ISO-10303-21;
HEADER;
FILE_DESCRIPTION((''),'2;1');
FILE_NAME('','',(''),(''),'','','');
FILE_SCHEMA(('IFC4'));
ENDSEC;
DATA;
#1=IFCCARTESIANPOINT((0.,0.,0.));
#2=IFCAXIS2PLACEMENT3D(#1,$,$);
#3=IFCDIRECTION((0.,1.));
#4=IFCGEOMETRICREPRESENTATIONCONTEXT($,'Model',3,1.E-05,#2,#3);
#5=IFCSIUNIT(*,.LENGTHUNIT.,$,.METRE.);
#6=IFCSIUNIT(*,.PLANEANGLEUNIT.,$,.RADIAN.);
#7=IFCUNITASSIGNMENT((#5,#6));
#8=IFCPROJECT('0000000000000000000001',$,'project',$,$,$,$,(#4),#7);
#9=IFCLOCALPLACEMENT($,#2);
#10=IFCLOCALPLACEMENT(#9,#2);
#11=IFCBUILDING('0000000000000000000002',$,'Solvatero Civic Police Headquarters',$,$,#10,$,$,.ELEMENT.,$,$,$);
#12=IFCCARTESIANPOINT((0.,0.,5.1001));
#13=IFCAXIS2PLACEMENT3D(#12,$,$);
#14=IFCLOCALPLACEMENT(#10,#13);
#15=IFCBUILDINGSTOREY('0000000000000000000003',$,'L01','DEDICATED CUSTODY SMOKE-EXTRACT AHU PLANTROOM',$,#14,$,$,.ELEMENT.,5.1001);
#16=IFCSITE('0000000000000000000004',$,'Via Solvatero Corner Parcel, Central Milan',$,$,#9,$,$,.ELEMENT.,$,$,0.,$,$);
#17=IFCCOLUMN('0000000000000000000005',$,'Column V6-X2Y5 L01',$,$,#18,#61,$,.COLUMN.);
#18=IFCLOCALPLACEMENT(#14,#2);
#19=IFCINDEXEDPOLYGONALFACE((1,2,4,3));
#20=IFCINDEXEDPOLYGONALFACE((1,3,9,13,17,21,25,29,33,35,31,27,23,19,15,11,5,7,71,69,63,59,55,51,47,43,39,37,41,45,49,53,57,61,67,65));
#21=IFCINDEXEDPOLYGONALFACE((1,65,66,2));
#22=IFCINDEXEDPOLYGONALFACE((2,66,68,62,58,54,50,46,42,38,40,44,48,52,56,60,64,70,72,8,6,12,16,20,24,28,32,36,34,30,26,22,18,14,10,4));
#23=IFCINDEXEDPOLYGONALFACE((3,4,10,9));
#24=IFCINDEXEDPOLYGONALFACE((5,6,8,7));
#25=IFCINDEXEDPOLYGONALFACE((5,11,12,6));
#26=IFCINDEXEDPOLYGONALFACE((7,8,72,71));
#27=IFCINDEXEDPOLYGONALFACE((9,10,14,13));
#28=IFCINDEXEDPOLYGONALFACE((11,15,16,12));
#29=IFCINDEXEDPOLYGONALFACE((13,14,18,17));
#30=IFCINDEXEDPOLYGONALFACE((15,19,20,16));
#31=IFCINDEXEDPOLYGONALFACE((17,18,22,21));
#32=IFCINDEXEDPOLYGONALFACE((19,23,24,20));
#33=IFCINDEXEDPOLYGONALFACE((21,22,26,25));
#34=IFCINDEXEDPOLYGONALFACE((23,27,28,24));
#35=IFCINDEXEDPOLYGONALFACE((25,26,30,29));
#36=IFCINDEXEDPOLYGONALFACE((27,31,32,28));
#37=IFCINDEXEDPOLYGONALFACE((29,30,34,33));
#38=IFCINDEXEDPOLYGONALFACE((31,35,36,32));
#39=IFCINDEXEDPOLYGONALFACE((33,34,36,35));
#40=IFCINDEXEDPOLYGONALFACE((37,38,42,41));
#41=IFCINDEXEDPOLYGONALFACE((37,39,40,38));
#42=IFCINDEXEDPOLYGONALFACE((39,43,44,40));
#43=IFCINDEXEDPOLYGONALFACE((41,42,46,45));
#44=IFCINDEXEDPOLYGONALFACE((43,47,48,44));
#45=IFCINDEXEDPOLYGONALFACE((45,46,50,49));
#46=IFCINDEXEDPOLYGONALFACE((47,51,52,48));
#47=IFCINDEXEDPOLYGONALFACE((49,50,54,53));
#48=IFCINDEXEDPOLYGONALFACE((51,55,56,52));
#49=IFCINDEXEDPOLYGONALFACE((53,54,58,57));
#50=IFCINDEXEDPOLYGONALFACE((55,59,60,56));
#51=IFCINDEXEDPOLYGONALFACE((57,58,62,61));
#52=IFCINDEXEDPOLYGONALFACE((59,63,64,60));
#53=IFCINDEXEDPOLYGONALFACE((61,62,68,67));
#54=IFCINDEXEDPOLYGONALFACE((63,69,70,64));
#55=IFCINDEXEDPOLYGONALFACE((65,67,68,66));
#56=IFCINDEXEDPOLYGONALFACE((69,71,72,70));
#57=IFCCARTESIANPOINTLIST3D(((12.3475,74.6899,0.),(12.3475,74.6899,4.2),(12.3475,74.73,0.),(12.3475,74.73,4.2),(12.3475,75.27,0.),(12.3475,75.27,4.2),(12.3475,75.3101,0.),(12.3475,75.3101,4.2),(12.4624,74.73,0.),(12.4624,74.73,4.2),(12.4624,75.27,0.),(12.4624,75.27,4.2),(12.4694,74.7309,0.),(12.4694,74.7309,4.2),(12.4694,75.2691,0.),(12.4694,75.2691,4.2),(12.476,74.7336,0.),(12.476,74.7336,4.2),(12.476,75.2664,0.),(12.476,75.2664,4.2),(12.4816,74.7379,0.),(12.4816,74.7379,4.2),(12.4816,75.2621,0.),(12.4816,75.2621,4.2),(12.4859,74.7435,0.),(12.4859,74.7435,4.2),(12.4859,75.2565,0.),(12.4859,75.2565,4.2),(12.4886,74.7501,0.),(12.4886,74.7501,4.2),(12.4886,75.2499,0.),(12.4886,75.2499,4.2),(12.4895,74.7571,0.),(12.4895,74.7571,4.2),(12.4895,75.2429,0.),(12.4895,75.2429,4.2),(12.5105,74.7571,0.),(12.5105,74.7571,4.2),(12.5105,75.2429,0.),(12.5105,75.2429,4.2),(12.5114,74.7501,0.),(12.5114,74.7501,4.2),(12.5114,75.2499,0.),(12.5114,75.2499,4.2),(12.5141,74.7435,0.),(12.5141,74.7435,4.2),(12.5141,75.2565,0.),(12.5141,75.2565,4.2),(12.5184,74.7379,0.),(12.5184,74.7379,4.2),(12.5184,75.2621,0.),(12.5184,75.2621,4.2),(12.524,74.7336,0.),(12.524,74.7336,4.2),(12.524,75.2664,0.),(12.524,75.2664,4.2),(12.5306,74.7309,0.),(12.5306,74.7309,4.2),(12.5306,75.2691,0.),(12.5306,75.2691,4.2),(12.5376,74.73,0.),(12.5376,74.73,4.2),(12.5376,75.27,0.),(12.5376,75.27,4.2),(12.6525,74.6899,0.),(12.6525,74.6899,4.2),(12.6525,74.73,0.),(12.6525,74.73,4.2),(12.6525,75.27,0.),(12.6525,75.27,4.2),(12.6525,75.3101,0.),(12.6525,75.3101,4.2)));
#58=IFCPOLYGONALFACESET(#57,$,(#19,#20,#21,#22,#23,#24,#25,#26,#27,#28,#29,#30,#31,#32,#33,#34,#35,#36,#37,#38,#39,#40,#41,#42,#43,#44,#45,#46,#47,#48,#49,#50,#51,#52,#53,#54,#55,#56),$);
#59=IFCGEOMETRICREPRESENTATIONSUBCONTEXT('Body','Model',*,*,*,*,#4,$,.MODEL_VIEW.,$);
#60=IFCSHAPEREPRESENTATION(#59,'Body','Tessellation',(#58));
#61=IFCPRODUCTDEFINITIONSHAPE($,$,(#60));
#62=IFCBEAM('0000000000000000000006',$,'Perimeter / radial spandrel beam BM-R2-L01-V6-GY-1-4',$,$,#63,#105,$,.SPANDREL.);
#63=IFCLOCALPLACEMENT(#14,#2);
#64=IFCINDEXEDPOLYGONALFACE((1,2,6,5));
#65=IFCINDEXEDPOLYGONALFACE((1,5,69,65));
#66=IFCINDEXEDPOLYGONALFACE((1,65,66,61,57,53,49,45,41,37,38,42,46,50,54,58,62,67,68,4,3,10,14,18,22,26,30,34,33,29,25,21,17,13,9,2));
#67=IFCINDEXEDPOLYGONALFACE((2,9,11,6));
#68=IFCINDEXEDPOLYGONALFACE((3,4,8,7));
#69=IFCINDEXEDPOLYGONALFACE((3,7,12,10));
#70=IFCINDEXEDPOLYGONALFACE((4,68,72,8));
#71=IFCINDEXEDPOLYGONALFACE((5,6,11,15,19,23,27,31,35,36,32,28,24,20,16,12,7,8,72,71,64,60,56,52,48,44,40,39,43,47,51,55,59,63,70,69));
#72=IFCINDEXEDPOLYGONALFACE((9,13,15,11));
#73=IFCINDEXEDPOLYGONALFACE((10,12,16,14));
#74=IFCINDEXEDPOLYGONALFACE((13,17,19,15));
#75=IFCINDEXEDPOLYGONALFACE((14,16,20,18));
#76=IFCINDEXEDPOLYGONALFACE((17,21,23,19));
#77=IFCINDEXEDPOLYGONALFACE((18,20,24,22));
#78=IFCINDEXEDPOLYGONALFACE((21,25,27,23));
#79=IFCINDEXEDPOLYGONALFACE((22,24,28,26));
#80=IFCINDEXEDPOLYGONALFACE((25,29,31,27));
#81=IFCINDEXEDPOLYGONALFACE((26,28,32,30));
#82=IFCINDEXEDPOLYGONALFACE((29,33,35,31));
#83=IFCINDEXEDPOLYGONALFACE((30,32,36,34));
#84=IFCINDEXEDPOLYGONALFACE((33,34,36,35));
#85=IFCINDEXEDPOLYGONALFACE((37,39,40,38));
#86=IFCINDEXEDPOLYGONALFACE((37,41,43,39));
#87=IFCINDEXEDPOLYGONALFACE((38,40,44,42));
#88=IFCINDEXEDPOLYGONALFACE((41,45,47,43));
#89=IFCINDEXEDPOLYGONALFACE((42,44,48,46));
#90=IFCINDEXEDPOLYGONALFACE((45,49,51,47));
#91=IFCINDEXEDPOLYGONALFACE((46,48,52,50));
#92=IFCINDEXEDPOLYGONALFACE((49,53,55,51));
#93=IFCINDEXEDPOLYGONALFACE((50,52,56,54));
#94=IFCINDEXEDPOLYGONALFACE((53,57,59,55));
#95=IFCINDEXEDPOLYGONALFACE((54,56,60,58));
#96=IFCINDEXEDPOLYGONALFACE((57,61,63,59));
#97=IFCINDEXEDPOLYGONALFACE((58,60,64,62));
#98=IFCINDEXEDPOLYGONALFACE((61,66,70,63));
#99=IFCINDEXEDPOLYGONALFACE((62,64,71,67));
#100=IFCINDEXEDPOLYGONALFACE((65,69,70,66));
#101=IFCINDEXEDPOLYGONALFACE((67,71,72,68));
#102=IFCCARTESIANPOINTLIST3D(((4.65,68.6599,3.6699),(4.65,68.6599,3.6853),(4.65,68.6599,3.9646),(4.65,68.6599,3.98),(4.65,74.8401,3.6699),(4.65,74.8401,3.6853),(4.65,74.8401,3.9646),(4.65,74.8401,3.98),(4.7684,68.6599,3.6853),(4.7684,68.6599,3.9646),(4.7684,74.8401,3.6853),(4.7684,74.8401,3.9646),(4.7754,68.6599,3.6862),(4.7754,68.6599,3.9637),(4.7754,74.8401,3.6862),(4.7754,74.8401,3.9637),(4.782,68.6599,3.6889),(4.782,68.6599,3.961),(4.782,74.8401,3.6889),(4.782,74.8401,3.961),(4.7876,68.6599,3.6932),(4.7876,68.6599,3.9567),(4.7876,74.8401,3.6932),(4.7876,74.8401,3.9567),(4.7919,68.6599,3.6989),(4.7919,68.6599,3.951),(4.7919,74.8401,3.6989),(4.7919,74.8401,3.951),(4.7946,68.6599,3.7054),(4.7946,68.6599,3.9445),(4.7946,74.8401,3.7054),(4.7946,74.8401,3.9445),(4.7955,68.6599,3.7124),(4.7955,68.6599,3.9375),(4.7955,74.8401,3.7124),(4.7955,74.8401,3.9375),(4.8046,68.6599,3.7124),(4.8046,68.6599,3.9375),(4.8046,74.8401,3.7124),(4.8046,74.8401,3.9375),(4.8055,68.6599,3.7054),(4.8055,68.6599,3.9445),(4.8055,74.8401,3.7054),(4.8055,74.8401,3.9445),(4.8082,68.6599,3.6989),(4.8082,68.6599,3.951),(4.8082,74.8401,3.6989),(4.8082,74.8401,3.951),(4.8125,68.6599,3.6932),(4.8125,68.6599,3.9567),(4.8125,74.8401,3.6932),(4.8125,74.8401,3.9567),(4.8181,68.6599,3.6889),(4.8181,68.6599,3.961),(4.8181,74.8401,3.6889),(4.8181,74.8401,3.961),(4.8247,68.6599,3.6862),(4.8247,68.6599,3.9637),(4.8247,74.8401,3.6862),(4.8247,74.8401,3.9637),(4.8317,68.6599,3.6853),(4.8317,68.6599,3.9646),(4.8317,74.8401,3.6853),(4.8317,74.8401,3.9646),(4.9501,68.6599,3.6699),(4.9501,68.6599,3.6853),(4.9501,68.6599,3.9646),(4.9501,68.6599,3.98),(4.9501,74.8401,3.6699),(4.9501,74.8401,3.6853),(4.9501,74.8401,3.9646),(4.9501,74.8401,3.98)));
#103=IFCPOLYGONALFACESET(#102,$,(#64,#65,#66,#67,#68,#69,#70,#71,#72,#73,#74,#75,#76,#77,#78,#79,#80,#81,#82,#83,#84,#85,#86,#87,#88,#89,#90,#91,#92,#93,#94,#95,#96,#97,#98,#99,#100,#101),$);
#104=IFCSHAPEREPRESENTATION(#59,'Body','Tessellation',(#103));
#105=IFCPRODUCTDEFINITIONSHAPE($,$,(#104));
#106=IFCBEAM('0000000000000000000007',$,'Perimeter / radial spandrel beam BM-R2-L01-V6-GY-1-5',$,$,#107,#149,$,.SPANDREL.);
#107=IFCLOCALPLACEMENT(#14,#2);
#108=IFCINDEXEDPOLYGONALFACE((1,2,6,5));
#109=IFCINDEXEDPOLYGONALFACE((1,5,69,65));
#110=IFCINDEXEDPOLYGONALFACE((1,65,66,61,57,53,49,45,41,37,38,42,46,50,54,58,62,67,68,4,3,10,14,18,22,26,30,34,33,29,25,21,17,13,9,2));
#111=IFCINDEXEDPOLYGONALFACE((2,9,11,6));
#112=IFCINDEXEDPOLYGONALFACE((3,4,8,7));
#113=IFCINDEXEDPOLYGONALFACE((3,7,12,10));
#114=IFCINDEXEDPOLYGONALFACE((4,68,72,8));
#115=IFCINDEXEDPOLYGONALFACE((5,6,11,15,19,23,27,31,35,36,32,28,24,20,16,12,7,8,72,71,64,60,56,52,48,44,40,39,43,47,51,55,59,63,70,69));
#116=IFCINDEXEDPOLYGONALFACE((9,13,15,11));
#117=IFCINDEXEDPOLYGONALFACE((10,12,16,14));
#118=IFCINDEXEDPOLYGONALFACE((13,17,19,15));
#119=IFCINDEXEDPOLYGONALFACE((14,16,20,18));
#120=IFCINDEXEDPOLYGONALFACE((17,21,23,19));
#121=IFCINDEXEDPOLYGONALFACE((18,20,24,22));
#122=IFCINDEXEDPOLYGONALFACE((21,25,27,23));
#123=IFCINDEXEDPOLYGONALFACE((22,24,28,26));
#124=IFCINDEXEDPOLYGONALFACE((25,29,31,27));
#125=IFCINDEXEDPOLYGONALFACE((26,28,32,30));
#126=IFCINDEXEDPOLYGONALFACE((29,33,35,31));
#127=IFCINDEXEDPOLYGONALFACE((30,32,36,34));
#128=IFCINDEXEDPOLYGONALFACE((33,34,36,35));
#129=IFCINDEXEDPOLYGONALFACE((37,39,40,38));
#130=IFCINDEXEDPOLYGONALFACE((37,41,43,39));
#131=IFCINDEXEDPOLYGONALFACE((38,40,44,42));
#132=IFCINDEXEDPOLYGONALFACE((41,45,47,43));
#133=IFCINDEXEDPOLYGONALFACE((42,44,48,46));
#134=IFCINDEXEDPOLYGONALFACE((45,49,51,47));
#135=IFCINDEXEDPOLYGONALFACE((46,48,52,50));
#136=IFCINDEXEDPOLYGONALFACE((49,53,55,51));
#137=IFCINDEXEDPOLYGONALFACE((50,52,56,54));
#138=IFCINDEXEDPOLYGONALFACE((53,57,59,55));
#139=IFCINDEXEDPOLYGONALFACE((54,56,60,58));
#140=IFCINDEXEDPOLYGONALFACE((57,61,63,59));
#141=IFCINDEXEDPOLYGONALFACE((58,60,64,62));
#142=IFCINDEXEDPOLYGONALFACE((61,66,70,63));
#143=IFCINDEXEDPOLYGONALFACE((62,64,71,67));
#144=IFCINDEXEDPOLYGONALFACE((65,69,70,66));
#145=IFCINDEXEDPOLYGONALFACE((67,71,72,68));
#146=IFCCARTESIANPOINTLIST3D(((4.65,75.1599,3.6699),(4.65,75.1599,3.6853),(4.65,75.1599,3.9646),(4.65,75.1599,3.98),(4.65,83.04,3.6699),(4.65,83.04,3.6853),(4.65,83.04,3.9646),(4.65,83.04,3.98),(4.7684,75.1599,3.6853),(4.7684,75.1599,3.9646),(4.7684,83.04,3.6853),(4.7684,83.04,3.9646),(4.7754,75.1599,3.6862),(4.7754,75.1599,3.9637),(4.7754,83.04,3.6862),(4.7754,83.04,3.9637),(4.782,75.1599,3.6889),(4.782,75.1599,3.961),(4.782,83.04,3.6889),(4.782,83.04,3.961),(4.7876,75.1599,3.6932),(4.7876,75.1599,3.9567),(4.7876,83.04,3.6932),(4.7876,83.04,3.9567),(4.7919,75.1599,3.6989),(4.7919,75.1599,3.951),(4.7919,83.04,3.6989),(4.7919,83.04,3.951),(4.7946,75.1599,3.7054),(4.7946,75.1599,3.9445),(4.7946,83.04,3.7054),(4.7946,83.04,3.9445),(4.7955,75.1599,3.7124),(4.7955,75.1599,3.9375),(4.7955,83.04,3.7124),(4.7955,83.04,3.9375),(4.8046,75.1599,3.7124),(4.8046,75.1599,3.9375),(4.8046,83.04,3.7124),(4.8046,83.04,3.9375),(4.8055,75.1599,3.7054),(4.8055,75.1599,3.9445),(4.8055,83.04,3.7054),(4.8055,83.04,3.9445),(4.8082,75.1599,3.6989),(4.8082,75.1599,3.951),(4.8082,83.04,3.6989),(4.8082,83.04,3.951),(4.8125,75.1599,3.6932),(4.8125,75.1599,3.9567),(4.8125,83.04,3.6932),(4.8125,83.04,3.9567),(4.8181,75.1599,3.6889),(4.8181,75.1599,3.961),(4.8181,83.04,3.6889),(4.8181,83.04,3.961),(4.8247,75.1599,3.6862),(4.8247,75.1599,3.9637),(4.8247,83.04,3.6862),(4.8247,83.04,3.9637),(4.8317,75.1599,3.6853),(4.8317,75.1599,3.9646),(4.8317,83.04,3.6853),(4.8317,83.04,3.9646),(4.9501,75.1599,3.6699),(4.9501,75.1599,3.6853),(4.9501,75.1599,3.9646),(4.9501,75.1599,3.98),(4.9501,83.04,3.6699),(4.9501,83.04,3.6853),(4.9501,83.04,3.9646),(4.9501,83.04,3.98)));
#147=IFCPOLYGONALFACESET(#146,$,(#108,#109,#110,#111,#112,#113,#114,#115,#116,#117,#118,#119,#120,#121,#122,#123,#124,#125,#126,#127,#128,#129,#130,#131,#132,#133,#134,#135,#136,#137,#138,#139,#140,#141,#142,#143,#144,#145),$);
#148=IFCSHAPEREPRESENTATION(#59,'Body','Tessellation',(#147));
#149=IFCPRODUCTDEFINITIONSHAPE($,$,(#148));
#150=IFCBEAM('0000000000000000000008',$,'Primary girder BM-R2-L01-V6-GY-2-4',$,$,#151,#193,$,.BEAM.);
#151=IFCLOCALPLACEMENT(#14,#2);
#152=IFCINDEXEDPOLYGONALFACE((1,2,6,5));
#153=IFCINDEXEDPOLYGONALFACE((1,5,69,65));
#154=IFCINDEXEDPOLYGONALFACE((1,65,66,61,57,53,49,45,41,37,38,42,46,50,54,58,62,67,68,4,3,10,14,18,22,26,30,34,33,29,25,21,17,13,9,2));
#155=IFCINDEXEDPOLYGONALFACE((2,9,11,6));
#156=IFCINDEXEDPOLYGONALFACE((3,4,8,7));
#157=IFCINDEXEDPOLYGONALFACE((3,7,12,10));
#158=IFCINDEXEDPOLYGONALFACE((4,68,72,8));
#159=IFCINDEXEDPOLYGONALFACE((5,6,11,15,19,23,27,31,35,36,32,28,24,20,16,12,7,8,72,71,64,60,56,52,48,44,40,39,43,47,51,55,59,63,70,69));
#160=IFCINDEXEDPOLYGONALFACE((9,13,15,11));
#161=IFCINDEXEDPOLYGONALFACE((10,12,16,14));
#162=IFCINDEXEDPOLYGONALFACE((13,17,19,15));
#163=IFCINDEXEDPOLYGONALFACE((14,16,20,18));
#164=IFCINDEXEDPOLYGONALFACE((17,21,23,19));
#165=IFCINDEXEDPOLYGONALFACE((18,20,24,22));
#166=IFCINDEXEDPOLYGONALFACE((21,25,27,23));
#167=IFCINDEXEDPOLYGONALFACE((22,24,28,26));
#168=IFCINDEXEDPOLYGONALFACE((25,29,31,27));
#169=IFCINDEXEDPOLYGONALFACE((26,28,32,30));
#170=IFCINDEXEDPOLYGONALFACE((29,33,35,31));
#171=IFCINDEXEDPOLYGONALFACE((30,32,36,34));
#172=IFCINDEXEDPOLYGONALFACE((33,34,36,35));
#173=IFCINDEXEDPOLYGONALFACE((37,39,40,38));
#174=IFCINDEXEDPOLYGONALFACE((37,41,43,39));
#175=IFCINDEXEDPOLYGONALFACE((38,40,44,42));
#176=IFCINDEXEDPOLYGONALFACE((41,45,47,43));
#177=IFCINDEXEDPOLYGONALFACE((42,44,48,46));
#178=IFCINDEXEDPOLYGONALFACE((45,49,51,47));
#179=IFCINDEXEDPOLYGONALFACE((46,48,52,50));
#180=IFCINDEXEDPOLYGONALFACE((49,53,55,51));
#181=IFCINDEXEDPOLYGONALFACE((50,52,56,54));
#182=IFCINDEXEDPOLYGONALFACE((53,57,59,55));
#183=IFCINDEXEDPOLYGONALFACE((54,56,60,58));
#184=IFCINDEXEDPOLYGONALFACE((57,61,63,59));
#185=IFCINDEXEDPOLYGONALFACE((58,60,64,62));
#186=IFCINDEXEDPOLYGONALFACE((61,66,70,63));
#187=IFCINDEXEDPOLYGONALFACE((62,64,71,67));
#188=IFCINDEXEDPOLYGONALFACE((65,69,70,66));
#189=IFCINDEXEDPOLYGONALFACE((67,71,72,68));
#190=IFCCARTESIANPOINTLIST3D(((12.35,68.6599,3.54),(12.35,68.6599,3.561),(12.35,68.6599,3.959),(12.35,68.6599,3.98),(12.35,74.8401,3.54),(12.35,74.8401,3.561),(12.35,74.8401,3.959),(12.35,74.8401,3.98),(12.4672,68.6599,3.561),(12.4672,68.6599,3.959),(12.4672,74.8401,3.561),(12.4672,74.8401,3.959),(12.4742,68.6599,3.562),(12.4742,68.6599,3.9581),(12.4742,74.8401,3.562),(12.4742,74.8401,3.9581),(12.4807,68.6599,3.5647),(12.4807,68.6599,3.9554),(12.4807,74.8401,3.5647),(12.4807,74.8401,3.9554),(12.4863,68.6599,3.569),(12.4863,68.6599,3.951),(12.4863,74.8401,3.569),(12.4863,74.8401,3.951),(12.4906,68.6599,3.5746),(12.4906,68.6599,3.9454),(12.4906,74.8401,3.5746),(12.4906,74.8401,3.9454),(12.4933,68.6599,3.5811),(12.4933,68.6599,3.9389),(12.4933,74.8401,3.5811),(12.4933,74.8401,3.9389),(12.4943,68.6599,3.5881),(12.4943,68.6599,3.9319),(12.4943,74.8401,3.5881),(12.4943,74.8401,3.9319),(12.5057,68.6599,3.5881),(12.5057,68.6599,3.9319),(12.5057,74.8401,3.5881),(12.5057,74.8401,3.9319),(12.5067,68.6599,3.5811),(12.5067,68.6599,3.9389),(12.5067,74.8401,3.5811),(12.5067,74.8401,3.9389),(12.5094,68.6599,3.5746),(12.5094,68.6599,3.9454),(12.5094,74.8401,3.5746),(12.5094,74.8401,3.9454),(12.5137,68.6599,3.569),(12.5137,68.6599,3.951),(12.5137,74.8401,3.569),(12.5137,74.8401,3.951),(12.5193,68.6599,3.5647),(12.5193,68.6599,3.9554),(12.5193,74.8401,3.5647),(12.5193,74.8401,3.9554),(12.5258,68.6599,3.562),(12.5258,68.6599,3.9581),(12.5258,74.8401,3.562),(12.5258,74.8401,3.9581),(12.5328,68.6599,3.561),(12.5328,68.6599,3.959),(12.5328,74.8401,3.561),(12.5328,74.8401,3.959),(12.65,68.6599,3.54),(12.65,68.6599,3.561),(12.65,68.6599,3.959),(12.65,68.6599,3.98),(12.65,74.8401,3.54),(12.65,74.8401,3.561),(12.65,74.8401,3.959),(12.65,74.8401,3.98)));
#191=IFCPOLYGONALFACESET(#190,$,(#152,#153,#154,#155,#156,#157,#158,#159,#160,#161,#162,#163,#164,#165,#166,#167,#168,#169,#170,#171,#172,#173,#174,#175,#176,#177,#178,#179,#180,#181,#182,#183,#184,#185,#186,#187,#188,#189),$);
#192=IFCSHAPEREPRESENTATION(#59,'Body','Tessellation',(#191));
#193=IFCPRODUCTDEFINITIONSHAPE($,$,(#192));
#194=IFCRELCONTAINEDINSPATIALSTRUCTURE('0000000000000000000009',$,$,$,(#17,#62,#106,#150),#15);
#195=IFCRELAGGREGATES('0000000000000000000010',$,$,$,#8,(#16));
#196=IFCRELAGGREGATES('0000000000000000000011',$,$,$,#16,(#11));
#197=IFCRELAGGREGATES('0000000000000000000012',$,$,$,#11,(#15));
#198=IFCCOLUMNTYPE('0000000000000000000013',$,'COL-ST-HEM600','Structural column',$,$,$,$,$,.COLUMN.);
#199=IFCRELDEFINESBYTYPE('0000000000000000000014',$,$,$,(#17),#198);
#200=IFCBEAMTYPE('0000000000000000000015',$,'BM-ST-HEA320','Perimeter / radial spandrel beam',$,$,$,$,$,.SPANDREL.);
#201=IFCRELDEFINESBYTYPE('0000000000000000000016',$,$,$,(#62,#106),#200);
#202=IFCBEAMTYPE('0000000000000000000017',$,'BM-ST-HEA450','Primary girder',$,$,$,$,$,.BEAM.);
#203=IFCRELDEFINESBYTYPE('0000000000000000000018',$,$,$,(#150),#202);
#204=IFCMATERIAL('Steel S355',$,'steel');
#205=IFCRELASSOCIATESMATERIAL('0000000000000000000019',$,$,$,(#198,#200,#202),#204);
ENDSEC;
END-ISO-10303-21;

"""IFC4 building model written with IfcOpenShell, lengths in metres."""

from ifc_helpers import new_model, si_unit, direction, frame, origin, origin_2d, place, context, subcontext, project, spatial, i_section, extrude, material, material_profile, profile_set, type_object, element, save


model = new_model("IFC4")

# Units and contexts
model_context = context("Model", 3, precision=1e-05, world=origin(), true_north=direction((0.0, 1.0)))
body_context = subcontext(model_context, "Body", "Model", "MODEL_VIEW")
ifc_project = project(units=[si_unit("LENGTHUNIT", "METRE"), si_unit("PLANEANGLEUNIT", "RADIAN")], contexts=[model_context])

# Site, building, storey
site_placement = place(None, origin())
site = spatial("IfcSite", under=ifc_project, at=site_placement, Name="Via Solvatero Corner Parcel, Central Milan", CompositionType="ELEMENT", RefElevation=0.0)
building_placement = place(site_placement, origin())
building = spatial("IfcBuilding", under=site, at=building_placement, Name="Solvatero Civic Police Headquarters", CompositionType="ELEMENT")
storey_placement = place(building_placement, frame((0.0, 0.0, 5.1001)))
storey = spatial("IfcBuildingStorey", under=building, at=storey_placement, Name="L01", Description="DEDICATED CUSTODY SMOKE-EXTRACT AHU PLANTROOM", CompositionType="ELEMENT", Elevation=5.1001)

# Column
ifc_material_1 = material(Name="Steel S355", Category="steel")
ifc_material_profile_1 = material_profile(ifc_material_1, i_section(OverallWidth=0.3049, OverallDepth=0.6201, WebThickness=0.021, FlangeThickness=0.04, FilletRadius=0.0271, at=origin_2d()), Name="HEM 600")
ifc_profile_set_1 = profile_set([ifc_material_profile_1], Name="Steel S355")
column_type_1 = type_object("IfcColumnType", Name="COL-ST-HEM600", Description="Structural column", PredefinedType="COLUMN", material=ifc_profile_set_1)
column_1_placement = place(storey_placement, frame((12.5, 75.0, 0.0), z_axis=(0.0, 0.0, 1.0), x_axis=(1.0, 0.0, 0.0)))
element("IfcColumn", 1, at=column_1_placement, inside=storey, type_object=column_type_1, Name="Column V6-X2Y5 L01", PredefinedType="COLUMN", context=body_context, shape_type="SweptSolid", body=[
    extrude(i_section(OverallWidth=0.3049, OverallDepth=0.6201, WebThickness=0.021, FlangeThickness=0.04, FilletRadius=0.0271, at=origin_2d()), origin(), (0.0, 0.0, 1.0), 4.2),
])

# Beams
ifc_material_profile_2 = material_profile(ifc_material_1, i_section(OverallWidth=0.3, OverallDepth=0.3101, WebThickness=0.009, FlangeThickness=0.0154, FilletRadius=0.0271, at=origin_2d()), Name="HEA 320")
ifc_profile_set_2 = profile_set([ifc_material_profile_2], Name="Steel S355")
beam_type_1 = type_object("IfcBeamType", Name="BM-ST-HEA320", Description="Perimeter / radial spandrel beam", PredefinedType="SPANDREL", material=ifc_profile_set_2)
beam_1_placement = place(storey_placement, frame((4.8, 68.6599, 3.825), z_axis=(0.0, 1.0, 0.0), x_axis=(-1.0, 0.0, 0.0)))
element("IfcBeam", 2, at=beam_1_placement, inside=storey, type_object=beam_type_1, Name="Perimeter / radial spandrel beam BM-R2-L01-V6-GY-1-4", PredefinedType="SPANDREL", context=body_context, shape_type="SweptSolid", body=[
    extrude(i_section(OverallWidth=0.3, OverallDepth=0.3101, WebThickness=0.009, FlangeThickness=0.0154, FilletRadius=0.0271, at=origin_2d()), origin(), (0.0, 0.0, 1.0), 6.1802),
])
beam_2_placement = place(storey_placement, frame((4.8, 75.1599, 3.825), z_axis=(0.0, 1.0, 0.0), x_axis=(-1.0, 0.0, 0.0)))
element("IfcBeam", 3, at=beam_2_placement, inside=storey, type_object=beam_type_1, Name="Perimeter / radial spandrel beam BM-R2-L01-V6-GY-1-5", PredefinedType="SPANDREL", context=body_context, shape_type="SweptSolid", body=[
    extrude(i_section(OverallWidth=0.3, OverallDepth=0.3101, WebThickness=0.009, FlangeThickness=0.0154, FilletRadius=0.0271, at=origin_2d()), origin(), (0.0, 0.0, 1.0), 7.8801),
])
ifc_material_profile_3 = material_profile(ifc_material_1, i_section(OverallWidth=0.3, OverallDepth=0.4399, WebThickness=0.0115, FlangeThickness=0.021, FilletRadius=0.0271, at=origin_2d()), Name="HEA 450")
ifc_profile_set_3 = profile_set([ifc_material_profile_3], Name="Steel S355")
beam_type_2 = type_object("IfcBeamType", Name="BM-ST-HEA450", Description="Primary girder", PredefinedType="BEAM", material=ifc_profile_set_3)
beam_3_placement = place(storey_placement, frame((12.5, 68.6599, 3.76), z_axis=(0.0, 1.0, 0.0), x_axis=(-1.0, 0.0, 0.0)))
element("IfcBeam", 4, at=beam_3_placement, inside=storey, type_object=beam_type_2, Name="Primary girder BM-R2-L01-V6-GY-2-4", PredefinedType="BEAM", context=body_context, shape_type="SweptSolid", body=[
    extrude(i_section(OverallWidth=0.3, OverallDepth=0.4399, WebThickness=0.0115, FlangeThickness=0.021, FilletRadius=0.0271, at=origin_2d()), origin(), (0.0, 0.0, 1.0), 6.1802),
])

save(model, "model.ifc")
